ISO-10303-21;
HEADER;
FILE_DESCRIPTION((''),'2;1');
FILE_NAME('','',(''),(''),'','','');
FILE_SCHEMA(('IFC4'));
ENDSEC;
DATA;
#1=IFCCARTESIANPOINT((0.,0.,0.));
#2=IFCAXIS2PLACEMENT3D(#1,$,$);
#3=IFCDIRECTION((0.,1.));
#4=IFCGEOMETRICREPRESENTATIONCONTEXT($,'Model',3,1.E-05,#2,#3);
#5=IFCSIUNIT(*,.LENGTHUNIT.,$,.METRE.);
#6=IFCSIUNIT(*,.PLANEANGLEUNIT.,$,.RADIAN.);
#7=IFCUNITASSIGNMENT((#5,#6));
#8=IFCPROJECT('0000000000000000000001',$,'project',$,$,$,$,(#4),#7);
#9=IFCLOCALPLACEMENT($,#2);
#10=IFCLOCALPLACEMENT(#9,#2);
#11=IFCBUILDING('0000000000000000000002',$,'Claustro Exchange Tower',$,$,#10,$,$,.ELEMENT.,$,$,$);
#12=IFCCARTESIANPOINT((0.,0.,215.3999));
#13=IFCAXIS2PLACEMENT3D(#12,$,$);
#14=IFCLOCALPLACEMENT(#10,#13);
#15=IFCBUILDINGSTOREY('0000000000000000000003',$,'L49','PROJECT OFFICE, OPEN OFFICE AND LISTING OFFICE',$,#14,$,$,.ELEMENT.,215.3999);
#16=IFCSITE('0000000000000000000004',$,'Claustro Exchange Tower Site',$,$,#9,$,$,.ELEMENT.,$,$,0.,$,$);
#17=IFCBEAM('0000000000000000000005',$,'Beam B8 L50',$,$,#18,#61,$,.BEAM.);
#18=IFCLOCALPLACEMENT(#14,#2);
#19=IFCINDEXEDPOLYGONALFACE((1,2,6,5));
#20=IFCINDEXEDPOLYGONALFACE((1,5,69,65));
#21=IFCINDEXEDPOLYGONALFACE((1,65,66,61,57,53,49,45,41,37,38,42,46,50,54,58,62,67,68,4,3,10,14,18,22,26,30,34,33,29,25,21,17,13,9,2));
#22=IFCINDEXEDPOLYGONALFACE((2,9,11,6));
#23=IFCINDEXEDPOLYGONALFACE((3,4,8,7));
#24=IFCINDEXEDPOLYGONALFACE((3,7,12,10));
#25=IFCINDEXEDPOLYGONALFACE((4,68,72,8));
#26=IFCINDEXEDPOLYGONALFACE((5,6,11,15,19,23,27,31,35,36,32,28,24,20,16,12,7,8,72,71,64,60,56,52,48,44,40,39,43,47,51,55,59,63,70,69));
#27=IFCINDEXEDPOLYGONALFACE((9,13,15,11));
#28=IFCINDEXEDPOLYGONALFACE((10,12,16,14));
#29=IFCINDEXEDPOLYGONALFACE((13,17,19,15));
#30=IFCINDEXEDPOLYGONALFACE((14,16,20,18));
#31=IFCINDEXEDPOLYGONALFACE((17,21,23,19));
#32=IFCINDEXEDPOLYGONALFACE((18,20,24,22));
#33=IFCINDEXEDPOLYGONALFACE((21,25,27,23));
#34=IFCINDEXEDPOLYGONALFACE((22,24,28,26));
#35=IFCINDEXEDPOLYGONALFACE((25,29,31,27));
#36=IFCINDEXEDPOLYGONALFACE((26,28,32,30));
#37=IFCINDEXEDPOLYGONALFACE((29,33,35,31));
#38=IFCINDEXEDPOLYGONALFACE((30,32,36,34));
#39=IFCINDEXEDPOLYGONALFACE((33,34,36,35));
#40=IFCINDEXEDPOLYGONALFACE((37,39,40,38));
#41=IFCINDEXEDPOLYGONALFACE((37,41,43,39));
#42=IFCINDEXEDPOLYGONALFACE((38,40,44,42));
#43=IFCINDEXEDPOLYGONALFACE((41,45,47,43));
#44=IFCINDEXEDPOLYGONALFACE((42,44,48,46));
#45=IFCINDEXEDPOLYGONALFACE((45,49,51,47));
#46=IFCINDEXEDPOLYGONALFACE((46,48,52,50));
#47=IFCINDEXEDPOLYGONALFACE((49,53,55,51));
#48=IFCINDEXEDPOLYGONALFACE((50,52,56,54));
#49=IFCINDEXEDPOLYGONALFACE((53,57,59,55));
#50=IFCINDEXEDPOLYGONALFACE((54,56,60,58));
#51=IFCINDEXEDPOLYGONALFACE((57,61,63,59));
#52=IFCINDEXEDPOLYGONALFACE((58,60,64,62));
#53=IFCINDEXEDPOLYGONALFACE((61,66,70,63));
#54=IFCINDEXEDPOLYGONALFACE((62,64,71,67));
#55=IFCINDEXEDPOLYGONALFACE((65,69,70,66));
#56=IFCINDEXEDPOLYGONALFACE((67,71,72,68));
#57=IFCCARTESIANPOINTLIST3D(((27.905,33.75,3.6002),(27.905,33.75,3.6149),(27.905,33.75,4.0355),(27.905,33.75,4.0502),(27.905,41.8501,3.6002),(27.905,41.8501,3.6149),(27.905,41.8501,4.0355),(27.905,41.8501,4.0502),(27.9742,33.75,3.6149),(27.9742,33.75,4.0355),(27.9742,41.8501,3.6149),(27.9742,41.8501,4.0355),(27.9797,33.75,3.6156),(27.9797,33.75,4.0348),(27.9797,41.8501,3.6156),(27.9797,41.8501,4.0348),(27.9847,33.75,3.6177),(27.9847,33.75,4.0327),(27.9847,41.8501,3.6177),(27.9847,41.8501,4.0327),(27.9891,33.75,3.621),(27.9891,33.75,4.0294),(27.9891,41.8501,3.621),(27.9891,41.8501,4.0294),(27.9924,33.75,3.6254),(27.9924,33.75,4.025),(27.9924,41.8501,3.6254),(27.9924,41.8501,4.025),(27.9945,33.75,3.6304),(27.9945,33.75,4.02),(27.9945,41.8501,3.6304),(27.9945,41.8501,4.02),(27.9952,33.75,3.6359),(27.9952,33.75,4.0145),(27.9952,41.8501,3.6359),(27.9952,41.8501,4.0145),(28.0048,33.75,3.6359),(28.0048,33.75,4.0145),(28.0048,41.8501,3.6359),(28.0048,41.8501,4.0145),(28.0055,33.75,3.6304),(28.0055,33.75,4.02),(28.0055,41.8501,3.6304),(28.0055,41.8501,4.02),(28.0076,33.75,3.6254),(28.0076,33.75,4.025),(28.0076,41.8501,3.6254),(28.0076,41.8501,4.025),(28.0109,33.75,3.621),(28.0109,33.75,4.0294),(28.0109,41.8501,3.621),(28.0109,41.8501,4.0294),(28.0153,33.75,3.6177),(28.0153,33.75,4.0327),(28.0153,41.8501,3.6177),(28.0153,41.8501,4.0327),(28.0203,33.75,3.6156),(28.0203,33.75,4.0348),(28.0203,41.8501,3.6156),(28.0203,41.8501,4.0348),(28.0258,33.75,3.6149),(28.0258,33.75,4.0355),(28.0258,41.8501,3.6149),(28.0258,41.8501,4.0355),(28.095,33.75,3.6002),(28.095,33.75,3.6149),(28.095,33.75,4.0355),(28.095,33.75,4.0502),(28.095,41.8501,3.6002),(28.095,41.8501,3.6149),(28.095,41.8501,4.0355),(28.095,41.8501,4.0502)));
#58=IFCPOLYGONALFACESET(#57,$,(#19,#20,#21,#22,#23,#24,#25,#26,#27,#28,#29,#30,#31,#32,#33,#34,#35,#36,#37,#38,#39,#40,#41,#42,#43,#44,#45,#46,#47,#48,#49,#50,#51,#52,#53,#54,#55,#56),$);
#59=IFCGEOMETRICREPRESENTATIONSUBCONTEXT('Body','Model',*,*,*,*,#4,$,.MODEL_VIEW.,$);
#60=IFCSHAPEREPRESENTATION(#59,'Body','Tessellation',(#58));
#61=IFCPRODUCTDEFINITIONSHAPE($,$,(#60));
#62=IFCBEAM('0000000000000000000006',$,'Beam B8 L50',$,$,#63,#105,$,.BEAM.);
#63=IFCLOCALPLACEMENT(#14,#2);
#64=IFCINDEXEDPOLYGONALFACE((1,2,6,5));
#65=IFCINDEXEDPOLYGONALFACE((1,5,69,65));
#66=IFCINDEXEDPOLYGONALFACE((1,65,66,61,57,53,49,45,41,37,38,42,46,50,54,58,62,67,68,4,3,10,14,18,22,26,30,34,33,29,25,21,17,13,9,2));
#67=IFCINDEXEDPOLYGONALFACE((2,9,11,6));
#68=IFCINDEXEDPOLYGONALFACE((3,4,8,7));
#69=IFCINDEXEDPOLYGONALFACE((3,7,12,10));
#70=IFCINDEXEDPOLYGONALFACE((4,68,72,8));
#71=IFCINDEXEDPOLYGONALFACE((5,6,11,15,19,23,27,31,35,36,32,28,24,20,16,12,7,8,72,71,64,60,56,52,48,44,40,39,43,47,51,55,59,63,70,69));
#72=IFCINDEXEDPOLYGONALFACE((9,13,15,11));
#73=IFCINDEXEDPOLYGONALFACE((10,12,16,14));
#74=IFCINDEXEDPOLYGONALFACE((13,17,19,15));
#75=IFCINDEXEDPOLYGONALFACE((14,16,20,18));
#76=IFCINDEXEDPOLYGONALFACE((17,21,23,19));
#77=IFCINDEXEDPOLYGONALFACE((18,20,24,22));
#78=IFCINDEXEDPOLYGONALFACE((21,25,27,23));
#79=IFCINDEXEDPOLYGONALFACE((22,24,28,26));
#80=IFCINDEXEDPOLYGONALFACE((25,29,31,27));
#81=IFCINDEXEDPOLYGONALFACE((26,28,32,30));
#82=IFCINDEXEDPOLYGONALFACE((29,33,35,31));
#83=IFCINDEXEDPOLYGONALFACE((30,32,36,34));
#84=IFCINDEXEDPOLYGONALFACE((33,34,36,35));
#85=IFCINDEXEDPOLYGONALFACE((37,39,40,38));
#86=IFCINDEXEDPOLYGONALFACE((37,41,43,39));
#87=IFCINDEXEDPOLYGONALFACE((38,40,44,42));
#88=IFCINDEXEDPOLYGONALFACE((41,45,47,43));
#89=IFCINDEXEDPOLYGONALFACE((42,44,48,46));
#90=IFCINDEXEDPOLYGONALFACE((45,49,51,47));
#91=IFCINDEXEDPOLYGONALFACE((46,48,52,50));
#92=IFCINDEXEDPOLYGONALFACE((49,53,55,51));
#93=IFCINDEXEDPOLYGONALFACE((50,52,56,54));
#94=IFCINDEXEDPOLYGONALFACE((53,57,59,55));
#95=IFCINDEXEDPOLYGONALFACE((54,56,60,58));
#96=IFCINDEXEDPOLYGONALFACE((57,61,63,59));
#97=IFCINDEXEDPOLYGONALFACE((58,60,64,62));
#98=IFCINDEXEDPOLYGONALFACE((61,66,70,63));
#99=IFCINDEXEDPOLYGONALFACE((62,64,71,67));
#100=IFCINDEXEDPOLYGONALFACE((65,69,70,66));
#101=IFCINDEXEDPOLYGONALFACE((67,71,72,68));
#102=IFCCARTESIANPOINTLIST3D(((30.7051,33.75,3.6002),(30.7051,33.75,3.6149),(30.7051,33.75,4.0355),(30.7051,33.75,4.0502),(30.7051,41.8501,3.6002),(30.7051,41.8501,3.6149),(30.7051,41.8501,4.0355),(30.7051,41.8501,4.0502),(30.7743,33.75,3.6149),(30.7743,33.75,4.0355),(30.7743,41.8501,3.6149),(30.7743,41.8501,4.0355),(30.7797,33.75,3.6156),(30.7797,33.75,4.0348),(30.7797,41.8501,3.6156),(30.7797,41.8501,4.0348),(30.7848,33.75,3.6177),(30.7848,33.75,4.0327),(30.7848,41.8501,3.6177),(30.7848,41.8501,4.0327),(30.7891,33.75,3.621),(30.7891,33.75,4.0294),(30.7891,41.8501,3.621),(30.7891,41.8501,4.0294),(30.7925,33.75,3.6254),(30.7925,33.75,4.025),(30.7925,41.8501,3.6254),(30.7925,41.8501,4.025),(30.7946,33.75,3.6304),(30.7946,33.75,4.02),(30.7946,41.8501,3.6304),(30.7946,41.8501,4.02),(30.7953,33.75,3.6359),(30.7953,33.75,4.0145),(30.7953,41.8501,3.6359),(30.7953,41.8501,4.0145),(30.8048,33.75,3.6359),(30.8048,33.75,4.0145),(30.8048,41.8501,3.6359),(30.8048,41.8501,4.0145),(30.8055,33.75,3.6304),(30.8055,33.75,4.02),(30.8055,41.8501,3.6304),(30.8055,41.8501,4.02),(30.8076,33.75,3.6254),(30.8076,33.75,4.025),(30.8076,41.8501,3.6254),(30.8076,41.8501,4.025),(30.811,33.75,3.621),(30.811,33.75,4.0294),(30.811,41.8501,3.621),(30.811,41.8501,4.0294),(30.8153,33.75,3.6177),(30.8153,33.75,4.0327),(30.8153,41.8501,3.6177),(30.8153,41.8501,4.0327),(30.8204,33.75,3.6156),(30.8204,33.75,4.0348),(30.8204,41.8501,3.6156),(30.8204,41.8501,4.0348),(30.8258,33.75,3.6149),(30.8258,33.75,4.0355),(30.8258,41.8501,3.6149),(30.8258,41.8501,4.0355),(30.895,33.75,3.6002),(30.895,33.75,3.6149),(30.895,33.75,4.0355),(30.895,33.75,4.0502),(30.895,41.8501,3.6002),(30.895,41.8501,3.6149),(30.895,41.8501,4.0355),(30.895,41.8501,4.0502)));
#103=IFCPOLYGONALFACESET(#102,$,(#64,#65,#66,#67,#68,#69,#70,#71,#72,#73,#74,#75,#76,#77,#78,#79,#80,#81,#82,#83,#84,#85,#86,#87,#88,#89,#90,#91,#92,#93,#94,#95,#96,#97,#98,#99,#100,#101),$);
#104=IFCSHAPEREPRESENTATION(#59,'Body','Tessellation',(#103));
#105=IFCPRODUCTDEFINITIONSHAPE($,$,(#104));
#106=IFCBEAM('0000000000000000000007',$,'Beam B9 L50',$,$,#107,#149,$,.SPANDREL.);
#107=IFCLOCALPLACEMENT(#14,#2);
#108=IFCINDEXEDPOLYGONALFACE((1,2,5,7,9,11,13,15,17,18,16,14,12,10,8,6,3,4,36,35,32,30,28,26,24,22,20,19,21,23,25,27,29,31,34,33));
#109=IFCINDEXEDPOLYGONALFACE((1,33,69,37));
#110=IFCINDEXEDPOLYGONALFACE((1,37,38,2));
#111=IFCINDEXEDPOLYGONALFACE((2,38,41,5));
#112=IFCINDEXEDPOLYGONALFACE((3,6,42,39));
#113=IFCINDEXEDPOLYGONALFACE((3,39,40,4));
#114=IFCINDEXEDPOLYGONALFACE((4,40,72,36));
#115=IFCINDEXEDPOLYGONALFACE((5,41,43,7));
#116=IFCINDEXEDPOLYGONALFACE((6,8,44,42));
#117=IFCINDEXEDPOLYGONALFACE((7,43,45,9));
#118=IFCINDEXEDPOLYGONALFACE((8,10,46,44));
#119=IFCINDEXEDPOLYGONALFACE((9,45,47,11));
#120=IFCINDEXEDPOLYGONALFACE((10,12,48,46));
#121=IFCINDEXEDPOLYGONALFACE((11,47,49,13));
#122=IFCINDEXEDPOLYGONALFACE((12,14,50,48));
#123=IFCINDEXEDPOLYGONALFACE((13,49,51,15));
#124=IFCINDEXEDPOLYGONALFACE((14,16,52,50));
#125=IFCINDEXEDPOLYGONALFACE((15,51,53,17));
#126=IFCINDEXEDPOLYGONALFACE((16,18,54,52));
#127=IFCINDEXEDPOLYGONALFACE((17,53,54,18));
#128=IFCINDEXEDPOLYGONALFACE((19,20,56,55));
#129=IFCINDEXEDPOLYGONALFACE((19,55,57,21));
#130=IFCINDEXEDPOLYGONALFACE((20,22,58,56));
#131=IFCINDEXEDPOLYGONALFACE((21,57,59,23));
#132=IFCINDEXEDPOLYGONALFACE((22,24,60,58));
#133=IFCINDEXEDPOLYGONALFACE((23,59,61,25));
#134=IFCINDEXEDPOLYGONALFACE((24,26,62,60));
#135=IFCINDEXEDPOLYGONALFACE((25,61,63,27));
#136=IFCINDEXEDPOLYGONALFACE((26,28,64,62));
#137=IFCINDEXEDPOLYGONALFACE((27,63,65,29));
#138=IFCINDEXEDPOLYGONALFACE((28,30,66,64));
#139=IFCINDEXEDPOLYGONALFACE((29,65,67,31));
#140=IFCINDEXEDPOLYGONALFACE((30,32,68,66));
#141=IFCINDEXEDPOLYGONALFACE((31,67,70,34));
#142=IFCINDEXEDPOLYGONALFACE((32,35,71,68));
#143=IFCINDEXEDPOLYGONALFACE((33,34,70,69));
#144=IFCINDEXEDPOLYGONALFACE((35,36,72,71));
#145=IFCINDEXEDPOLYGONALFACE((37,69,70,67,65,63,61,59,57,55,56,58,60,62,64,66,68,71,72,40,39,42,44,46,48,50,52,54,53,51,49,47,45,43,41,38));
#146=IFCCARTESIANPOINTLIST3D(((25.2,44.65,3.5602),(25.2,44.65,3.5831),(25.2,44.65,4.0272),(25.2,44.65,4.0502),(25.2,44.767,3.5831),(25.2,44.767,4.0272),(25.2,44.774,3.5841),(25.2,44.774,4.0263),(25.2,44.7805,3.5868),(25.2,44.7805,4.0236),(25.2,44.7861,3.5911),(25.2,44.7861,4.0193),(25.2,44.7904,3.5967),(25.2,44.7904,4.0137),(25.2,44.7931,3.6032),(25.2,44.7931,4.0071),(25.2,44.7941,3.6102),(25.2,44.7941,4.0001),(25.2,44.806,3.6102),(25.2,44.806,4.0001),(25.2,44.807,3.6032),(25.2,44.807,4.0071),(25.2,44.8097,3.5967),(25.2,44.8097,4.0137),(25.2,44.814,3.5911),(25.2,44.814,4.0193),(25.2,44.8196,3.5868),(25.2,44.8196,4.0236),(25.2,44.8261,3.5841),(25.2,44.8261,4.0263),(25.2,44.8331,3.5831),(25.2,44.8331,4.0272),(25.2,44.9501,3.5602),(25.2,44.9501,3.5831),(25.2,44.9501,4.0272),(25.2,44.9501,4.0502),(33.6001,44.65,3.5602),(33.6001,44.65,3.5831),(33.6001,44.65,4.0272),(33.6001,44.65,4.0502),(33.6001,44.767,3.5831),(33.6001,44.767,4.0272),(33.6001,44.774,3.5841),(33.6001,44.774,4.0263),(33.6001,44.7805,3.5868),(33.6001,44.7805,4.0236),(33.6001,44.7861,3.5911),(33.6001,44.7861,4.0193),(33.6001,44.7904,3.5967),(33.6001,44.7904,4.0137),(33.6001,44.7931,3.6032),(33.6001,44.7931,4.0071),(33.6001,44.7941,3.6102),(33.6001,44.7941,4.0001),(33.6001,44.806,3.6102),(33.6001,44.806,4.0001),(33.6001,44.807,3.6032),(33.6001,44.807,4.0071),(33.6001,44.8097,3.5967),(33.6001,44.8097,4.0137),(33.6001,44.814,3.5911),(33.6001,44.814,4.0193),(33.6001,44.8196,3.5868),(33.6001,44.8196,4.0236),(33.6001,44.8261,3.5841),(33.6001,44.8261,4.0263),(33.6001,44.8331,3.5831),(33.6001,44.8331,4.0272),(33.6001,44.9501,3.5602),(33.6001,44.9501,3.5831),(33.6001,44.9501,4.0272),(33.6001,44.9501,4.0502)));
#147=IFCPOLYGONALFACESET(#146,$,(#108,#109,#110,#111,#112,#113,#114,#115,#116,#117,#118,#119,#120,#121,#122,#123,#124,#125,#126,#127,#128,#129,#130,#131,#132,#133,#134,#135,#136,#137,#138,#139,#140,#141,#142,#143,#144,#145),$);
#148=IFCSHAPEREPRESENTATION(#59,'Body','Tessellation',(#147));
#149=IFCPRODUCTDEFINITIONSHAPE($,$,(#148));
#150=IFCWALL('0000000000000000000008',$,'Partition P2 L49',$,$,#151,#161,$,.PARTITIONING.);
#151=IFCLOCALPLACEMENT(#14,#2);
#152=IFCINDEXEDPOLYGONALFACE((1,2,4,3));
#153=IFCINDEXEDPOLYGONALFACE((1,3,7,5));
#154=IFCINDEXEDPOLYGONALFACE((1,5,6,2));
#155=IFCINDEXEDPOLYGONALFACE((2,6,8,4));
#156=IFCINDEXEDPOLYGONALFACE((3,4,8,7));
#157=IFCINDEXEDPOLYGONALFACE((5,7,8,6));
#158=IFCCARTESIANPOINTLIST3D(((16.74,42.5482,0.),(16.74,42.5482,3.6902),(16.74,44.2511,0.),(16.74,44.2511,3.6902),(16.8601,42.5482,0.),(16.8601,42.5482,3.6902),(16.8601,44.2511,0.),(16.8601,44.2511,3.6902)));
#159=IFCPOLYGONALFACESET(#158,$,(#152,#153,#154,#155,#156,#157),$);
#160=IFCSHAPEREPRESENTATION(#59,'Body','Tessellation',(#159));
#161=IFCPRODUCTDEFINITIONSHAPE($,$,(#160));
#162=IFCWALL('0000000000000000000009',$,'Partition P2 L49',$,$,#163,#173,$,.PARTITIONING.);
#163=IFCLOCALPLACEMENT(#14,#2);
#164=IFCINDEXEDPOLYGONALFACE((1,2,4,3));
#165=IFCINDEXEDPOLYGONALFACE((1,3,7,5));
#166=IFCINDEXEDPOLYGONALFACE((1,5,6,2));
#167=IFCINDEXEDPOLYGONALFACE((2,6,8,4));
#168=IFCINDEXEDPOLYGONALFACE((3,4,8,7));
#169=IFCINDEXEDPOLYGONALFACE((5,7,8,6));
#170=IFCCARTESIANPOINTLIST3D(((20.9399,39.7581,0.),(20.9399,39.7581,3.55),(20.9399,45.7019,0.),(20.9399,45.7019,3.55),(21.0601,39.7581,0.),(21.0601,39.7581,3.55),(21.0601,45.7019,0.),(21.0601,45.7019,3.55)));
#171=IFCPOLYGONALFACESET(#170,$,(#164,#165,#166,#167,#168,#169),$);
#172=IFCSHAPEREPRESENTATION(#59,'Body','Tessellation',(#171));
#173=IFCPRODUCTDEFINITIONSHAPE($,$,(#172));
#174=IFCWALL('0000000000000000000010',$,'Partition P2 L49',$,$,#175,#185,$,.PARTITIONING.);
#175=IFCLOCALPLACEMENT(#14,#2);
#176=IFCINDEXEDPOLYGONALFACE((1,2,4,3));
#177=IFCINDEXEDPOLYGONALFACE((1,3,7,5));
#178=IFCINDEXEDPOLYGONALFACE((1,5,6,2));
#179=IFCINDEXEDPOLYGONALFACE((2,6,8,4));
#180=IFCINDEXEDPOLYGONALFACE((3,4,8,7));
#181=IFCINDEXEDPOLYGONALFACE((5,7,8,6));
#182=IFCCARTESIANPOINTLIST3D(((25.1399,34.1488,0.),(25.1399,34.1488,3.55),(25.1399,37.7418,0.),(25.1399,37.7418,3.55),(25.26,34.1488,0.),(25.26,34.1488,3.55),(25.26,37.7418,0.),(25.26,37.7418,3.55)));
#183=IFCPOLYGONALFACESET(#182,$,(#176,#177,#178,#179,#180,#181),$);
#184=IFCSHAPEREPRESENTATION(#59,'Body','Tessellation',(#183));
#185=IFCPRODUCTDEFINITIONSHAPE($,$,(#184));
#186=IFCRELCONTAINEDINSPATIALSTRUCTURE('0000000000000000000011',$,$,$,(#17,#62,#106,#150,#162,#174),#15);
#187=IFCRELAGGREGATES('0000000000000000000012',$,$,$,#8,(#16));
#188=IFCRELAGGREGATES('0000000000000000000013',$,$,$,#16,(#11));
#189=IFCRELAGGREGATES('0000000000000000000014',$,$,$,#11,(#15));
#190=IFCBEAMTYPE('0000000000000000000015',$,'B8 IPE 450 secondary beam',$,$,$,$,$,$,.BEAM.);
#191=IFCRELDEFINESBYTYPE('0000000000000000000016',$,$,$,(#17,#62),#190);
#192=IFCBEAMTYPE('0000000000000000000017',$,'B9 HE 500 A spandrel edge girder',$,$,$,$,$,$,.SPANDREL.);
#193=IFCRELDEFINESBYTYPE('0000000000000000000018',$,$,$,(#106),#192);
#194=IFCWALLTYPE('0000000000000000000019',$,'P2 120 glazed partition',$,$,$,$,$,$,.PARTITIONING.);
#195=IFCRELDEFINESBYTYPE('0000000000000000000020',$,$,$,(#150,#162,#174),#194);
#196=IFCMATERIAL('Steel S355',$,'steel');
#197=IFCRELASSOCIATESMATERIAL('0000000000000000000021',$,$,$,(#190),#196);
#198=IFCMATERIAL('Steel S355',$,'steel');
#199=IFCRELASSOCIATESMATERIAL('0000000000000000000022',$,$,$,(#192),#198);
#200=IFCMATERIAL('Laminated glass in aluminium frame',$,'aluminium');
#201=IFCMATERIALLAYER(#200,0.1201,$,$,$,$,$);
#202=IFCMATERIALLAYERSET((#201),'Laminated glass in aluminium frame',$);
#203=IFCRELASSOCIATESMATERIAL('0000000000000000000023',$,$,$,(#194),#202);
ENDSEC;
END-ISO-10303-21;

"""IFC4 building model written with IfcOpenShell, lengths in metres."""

from ifc_helpers import new_model, si_unit, direction, frame, frame_2d, origin, origin_2d, place, context, subcontext, project, spatial, rectangle, i_section, extrude, material, layer, layer_set, material_profile, profile_set, type_object, element, save


model = new_model("IFC4")

# Units and contexts
model_context = context("Model", 3, precision=1e-05, world=origin(), true_north=direction((0.0, 1.0)))
body_context = subcontext(model_context, "Body", "Model", "MODEL_VIEW")
ifc_project = project(units=[si_unit("LENGTHUNIT", "METRE"), si_unit("PLANEANGLEUNIT", "RADIAN")], contexts=[model_context])

# Site, building, storey
site_placement = place(None, origin())
site = spatial("IfcSite", under=ifc_project, at=site_placement, Name="Claustro Exchange Tower Site", CompositionType="ELEMENT", RefElevation=0.0)
building_placement = place(site_placement, origin())
building = spatial("IfcBuilding", under=site, at=building_placement, Name="Claustro Exchange Tower", CompositionType="ELEMENT")
storey_placement = place(building_placement, frame((0.0, 0.0, 215.3999)))
storey = spatial("IfcBuildingStorey", under=building, at=storey_placement, Name="L49", Description="PROJECT OFFICE, OPEN OFFICE AND LISTING OFFICE", CompositionType="ELEMENT", Elevation=215.3999)

# Beams
ifc_material_1 = material(Name="Steel S355", Category="steel")
ifc_material_profile_1 = material_profile(ifc_material_1, i_section(OverallWidth=0.1899, OverallDepth=0.45, WebThickness=0.0095, FlangeThickness=0.0146, FilletRadius=0.021, at=origin_2d()), Name="IPE 450")
ifc_profile_set_1 = profile_set([ifc_material_profile_1], Name="Steel S355")
beam_type_1 = type_object("IfcBeamType", Name="B8 IPE 450 secondary beam", PredefinedType="BEAM", material=ifc_profile_set_1)
for number, where, z_axis, x_axis, name in (
    (1, (28.0, 33.75, 3.8252), (0.0, 1.0, 0.0), (-1.0, 0.0, 0.0), "Beam B8 L50"),
    (2, (30.8, 33.75, 3.8252), (0.0, 1.0, 0.0), (-1.0, 0.0, 0.0), "Beam B8 L50"),
):
    element("IfcBeam", number, at=place(storey_placement, frame(where, z_axis=z_axis, x_axis=x_axis)), inside=storey, type_object=beam_type_1, Name=name, PredefinedType="BEAM", context=body_context, shape_type="SweptSolid", body=[
        extrude(i_section(OverallWidth=0.1899, OverallDepth=0.45, WebThickness=0.0095, FlangeThickness=0.0146, FilletRadius=0.021, at=origin_2d()), origin(), (0.0, 0.0, 1.0), 8.1001),
    ])
ifc_material_2 = material(Name="Steel S355", Category="steel")
ifc_material_profile_2 = material_profile(ifc_material_2, i_section(OverallWidth=0.3, OverallDepth=0.49, WebThickness=0.012, FlangeThickness=0.0229, FilletRadius=0.0271, at=origin_2d()), Name="HE 500 A")
ifc_profile_set_2 = profile_set([ifc_material_profile_2], Name="Steel S355")
beam_type_2 = type_object("IfcBeamType", Name="B9 HE 500 A spandrel edge girder", PredefinedType="SPANDREL", material=ifc_profile_set_2)
beam_1_placement = place(storey_placement, frame((25.2, 44.8, 3.8052), z_axis=(1.0, 0.0, 0.0), x_axis=(0.0, 1.0, 0.0)))
element("IfcBeam", 3, at=beam_1_placement, inside=storey, type_object=beam_type_2, Name="Beam B9 L50", PredefinedType="SPANDREL", context=body_context, shape_type="SweptSolid", body=[
    extrude(i_section(OverallWidth=0.3, OverallDepth=0.49, WebThickness=0.012, FlangeThickness=0.0229, FilletRadius=0.0271, at=origin_2d()), origin(), (0.0, 0.0, 1.0), 8.4001),
])

# Walls
ifc_material_3 = material(Name="Laminated glass in aluminium frame", Category="aluminium")
ifc_layer_1 = layer(ifc_material_3, 0.1201)
ifc_layer_set_1 = layer_set([ifc_layer_1], Name="Laminated glass in aluminium frame")
wall_type_1 = type_object("IfcWallType", Name="P2 120 glazed partition", PredefinedType="PARTITIONING", material=ifc_layer_set_1)
wall_1_placement = place(storey_placement, frame((16.8, 42.5481, 0.0), z_axis=(0.0, 0.0, 1.0), x_axis=(0.0, 1.0, 0.0)))
element("IfcWall", 4, at=wall_1_placement, inside=storey, type_object=wall_type_1, Name="Partition P2 L49", PredefinedType="PARTITIONING", context=body_context, shape_type="SweptSolid", body=[
    extrude(rectangle(XDim=1.7029, YDim=0.1201, at=frame_2d((0.8516, 0.0))), origin(), (0.0, 0.0, 1.0), 3.6902),
])
wall_2_placement = place(storey_placement, frame((21.0, 39.7581, 0.0), z_axis=(0.0, 0.0, 1.0), x_axis=(0.0, 1.0, 0.0)))
element("IfcWall", 5, at=wall_2_placement, inside=storey, type_object=wall_type_1, Name="Partition P2 L49", PredefinedType="PARTITIONING", context=body_context, shape_type="SweptSolid", body=[
    extrude(rectangle(XDim=5.9438, YDim=0.1201, at=frame_2d((2.9719, 0.0))), origin(), (0.0, 0.0, 1.0), 3.55),
])
wall_3_placement = place(storey_placement, frame((25.2, 34.1489, 0.0), z_axis=(0.0, 0.0, 1.0), x_axis=(0.0, 1.0, 0.0)))
element("IfcWall", 6, at=wall_3_placement, inside=storey, type_object=wall_type_1, Name="Partition P2 L49", PredefinedType="PARTITIONING", context=body_context, shape_type="SweptSolid", body=[
    extrude(rectangle(XDim=3.593, YDim=0.1201, at=frame_2d((1.7964, 0.0))), origin(), (0.0, 0.0, 1.0), 3.55),
])

save(model, "model.ifc")
